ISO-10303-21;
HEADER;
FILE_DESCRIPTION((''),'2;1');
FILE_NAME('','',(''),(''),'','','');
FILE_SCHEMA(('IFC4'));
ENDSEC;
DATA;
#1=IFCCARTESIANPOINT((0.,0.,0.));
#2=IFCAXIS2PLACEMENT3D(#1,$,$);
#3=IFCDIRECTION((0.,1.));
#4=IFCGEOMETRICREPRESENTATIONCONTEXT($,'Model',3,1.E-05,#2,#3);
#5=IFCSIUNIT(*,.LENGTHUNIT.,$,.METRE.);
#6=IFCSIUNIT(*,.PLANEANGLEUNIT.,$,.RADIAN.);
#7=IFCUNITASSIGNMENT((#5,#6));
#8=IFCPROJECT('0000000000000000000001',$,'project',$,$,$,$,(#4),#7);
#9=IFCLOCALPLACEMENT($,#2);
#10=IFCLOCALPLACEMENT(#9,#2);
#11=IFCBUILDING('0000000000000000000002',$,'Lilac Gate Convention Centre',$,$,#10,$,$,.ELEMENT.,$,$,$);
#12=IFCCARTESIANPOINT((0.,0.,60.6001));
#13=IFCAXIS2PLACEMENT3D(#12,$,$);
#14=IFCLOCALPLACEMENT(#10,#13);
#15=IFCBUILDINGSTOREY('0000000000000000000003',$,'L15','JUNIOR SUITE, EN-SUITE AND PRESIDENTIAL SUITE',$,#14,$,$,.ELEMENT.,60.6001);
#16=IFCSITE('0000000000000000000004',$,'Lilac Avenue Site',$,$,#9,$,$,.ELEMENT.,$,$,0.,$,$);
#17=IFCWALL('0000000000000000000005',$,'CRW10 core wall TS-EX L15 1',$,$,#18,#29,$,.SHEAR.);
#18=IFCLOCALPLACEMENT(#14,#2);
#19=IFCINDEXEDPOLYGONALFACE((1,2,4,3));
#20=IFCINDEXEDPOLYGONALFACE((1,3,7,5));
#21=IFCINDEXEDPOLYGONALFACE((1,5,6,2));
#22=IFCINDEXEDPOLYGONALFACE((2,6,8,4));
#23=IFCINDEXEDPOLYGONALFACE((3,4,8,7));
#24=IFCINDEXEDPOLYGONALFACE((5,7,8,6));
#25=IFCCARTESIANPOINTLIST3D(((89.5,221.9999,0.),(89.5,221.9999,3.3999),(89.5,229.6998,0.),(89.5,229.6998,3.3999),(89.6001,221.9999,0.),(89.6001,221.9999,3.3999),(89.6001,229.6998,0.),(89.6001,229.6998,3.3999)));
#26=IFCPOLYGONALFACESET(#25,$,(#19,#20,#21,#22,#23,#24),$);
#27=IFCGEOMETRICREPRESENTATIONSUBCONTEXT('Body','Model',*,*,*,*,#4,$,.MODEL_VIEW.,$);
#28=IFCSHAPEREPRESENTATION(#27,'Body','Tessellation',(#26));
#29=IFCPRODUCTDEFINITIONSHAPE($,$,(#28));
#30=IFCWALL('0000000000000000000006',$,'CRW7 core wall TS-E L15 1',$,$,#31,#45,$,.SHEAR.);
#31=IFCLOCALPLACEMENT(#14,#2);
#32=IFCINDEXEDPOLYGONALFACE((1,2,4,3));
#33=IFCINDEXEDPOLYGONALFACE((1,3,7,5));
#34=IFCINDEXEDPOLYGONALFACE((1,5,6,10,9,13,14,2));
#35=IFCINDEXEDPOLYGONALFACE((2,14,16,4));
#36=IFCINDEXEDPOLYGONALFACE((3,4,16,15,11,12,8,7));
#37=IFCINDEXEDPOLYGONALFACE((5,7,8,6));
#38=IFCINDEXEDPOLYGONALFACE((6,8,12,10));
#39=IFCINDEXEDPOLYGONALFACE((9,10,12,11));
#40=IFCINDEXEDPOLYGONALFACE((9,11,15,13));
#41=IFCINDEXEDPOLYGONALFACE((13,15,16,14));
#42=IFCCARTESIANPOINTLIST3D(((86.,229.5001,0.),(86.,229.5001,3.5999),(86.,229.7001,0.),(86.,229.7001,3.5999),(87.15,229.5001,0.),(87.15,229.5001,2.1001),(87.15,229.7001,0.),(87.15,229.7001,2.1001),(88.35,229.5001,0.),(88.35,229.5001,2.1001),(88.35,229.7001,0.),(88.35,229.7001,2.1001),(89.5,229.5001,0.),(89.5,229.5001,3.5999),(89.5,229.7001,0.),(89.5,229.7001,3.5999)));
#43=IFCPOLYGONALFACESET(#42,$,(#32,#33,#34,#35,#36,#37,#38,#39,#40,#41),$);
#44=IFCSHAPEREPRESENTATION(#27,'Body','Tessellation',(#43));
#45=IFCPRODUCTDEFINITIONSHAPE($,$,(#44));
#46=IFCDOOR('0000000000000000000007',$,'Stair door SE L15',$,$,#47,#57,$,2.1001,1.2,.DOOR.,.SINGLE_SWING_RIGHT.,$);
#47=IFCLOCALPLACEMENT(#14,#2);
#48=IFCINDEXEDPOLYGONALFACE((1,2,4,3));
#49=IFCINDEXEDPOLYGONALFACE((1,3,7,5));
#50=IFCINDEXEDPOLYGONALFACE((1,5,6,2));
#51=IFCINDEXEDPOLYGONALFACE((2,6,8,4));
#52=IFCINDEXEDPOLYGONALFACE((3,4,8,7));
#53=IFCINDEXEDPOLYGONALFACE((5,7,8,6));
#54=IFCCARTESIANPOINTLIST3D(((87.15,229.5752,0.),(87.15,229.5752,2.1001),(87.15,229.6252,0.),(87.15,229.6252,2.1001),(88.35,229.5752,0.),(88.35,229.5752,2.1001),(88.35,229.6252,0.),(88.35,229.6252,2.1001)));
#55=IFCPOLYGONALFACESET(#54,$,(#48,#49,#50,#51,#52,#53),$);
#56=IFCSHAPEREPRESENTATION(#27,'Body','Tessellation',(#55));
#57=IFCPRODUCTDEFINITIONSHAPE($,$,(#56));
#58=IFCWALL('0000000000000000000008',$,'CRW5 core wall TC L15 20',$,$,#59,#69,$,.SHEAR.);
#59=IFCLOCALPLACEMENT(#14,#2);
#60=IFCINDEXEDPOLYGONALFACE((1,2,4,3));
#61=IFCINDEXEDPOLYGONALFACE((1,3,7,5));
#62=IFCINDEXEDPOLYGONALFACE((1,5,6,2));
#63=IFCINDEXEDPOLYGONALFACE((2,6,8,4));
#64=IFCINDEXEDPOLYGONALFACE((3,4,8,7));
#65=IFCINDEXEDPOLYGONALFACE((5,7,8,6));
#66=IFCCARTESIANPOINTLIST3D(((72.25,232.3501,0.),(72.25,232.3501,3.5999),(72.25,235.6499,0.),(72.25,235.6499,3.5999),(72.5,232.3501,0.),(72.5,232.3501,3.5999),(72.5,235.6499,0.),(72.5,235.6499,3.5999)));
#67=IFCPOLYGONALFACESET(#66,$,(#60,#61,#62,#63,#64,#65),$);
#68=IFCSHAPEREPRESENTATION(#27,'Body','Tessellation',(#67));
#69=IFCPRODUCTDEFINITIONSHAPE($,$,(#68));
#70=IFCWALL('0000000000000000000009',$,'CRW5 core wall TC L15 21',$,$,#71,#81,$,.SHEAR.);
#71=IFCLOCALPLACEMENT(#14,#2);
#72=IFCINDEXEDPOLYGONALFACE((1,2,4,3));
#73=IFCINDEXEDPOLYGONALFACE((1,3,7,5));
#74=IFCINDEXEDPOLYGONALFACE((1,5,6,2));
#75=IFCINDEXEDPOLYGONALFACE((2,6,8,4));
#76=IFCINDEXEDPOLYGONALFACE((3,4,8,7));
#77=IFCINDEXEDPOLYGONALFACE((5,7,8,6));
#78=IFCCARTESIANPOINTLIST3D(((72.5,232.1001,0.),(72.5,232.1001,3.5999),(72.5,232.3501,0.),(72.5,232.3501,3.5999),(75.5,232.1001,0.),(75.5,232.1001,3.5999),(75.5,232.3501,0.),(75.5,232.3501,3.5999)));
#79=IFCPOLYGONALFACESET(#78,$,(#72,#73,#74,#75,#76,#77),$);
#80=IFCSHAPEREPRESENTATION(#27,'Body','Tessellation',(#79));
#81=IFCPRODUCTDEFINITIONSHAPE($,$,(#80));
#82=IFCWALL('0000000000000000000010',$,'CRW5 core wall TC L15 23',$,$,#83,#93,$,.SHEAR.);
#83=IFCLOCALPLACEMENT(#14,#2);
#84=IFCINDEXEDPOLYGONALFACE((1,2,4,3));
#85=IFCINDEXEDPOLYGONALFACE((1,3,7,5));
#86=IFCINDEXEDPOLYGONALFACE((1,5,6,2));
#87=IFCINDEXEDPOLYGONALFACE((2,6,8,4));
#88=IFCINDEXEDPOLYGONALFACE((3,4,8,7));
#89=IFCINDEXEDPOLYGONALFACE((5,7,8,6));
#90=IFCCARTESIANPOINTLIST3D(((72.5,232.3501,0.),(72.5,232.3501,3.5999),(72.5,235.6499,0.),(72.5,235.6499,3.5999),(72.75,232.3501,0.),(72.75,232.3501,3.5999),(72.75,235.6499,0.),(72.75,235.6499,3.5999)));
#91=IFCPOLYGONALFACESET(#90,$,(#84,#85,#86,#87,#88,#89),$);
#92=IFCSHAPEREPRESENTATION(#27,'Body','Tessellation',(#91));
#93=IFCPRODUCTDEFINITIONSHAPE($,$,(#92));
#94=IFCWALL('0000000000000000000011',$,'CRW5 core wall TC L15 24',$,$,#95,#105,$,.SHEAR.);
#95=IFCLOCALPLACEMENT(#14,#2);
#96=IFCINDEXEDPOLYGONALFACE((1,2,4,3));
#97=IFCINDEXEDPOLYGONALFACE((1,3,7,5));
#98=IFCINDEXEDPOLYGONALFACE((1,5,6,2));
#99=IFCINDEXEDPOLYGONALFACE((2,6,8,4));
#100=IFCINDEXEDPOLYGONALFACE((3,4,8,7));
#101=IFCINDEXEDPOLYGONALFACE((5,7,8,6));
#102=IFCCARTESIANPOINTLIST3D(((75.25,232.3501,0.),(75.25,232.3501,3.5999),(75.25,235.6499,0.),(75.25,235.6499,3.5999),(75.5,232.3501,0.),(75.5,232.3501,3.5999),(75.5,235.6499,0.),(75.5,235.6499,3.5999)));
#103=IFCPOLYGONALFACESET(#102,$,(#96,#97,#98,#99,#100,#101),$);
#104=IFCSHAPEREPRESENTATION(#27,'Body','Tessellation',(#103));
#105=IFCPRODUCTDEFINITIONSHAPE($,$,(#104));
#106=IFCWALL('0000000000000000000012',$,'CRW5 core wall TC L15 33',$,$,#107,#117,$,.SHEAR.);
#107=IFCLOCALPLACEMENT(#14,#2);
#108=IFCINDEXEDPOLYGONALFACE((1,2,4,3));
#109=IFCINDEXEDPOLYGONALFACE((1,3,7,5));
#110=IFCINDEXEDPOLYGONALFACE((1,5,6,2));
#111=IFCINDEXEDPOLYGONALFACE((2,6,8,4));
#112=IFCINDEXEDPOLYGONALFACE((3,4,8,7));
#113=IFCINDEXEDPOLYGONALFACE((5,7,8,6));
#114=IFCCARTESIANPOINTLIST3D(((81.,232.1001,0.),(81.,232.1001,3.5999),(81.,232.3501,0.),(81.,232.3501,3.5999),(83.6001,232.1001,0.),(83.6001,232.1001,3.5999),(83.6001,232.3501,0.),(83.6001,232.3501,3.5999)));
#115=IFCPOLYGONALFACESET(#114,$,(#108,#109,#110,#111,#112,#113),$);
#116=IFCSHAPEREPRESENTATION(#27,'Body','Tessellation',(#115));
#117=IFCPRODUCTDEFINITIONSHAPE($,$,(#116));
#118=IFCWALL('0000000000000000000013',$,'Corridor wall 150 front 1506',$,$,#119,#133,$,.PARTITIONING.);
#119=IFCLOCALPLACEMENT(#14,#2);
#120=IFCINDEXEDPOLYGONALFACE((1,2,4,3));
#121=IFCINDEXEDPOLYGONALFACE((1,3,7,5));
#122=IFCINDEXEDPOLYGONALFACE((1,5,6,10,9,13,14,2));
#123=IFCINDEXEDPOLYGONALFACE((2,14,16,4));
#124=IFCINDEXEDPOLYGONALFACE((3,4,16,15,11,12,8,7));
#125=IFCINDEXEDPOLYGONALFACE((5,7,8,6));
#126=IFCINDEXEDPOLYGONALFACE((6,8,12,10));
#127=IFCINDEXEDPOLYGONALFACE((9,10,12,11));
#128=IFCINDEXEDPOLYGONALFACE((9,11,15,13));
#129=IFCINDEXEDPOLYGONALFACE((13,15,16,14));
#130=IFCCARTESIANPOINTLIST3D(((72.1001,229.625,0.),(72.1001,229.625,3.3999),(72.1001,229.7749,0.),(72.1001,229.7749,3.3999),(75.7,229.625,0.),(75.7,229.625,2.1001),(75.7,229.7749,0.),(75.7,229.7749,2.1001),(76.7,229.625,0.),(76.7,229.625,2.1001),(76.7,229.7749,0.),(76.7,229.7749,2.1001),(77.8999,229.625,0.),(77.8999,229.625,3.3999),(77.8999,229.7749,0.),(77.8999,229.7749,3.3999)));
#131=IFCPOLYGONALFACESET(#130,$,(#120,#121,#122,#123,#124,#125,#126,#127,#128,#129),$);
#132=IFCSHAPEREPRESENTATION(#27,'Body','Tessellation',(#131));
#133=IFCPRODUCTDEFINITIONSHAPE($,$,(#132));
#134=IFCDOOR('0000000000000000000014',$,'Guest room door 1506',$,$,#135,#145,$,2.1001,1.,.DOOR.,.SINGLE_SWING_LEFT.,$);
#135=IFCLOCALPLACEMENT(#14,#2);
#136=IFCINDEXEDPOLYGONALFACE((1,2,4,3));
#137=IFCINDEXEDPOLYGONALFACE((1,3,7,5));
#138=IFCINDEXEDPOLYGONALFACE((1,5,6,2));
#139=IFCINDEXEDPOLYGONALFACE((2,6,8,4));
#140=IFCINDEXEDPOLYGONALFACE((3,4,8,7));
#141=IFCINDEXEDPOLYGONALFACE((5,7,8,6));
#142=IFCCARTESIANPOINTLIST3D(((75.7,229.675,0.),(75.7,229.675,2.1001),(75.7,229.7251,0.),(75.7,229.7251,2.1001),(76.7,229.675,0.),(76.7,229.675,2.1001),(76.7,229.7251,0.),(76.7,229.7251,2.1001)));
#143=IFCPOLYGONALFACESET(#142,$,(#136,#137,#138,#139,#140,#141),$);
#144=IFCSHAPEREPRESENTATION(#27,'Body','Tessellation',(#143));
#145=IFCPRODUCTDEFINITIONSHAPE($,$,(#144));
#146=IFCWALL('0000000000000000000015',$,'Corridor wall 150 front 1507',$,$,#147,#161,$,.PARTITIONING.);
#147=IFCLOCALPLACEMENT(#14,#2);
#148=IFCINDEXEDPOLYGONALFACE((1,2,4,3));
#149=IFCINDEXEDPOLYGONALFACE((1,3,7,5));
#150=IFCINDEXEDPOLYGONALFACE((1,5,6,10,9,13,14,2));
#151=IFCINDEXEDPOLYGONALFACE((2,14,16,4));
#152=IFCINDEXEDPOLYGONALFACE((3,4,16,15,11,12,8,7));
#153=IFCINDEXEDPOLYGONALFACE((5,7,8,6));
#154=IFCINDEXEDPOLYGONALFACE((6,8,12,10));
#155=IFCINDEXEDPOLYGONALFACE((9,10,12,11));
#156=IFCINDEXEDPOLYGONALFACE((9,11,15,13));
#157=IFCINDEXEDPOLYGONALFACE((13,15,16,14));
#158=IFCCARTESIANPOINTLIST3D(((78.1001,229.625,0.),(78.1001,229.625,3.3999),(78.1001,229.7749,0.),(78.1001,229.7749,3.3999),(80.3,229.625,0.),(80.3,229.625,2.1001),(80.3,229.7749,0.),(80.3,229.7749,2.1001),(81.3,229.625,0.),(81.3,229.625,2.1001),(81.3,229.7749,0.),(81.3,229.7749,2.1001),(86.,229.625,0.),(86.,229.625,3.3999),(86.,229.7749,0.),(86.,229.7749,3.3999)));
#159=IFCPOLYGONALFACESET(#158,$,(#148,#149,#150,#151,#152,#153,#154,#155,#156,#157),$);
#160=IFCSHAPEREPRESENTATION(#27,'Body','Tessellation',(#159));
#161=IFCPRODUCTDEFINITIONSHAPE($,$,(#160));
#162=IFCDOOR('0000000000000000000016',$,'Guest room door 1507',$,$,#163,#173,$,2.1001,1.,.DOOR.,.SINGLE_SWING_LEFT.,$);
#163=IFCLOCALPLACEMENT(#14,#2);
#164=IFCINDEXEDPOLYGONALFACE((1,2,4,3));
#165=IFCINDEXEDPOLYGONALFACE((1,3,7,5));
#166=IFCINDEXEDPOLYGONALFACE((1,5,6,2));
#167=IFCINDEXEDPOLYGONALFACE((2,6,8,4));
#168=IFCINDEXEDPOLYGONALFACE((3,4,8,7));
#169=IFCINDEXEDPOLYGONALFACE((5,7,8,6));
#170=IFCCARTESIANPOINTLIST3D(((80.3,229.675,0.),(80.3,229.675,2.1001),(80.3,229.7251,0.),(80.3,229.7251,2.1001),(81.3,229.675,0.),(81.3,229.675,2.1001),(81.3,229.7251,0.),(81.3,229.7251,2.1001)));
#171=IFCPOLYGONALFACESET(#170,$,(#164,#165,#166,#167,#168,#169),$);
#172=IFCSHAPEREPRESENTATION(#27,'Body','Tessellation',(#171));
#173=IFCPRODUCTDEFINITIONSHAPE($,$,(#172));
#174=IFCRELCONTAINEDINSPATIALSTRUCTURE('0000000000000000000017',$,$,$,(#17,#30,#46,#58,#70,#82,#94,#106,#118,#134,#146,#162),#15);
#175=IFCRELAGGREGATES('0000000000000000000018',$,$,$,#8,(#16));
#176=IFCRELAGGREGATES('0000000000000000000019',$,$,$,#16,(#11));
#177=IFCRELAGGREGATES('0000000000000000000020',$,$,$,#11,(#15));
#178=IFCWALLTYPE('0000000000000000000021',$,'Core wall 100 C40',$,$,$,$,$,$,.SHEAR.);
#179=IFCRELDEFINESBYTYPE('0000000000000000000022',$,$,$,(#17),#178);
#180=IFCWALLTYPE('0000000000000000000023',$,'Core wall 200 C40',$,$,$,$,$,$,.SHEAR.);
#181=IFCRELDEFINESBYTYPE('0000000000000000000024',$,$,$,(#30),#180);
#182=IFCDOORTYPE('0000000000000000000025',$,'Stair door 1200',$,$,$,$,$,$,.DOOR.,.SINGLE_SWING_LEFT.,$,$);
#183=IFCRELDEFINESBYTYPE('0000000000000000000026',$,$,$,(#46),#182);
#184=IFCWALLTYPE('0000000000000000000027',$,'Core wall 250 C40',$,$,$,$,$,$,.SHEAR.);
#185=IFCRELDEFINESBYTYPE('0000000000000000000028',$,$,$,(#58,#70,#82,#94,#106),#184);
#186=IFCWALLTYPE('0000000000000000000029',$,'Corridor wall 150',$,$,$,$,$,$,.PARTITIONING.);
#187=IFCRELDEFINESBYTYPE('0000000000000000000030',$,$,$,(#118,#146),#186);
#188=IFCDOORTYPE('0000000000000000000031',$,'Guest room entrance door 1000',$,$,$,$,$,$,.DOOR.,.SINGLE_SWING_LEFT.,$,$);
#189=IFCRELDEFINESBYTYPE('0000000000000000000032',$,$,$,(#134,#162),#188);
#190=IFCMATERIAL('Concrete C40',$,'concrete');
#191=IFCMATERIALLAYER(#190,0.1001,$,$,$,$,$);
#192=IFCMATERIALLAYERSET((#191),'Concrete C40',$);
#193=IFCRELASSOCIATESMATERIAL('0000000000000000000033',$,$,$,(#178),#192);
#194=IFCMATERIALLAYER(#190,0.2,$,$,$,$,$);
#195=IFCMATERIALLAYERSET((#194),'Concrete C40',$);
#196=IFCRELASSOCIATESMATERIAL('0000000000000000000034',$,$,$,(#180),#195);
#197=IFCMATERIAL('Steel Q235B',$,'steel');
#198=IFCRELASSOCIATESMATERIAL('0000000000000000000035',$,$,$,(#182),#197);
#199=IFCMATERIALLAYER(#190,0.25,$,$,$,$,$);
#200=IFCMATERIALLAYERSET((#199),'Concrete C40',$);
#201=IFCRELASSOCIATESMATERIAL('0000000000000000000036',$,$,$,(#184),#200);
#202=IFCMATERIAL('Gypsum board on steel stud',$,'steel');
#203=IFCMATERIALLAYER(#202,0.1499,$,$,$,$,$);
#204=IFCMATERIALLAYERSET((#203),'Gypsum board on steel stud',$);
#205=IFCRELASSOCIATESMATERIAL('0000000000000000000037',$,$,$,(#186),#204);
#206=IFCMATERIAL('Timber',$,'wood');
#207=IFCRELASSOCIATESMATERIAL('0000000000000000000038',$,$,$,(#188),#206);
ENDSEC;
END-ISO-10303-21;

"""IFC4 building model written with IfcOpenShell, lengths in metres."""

from ifc_helpers import new_model, si_unit, direction, frame, frame_2d, origin, place, context, subcontext, project, spatial, rectangle, extrude, material, layer, layer_set, type_object, element, fill, save


model = new_model("IFC4")

# Units and contexts
model_context = context("Model", 3, precision=1e-05, world=origin(), true_north=direction((0.0, 1.0)))
body_context = subcontext(model_context, "Body", "Model", "MODEL_VIEW")
ifc_project = project(units=[si_unit("LENGTHUNIT", "METRE"), si_unit("PLANEANGLEUNIT", "RADIAN")], contexts=[model_context])

# Site, building, storey
site_placement = place(None, origin())
site = spatial("IfcSite", under=ifc_project, at=site_placement, Name="Lilac Avenue Site", CompositionType="ELEMENT", RefElevation=0.0)
building_placement = place(site_placement, origin())
building = spatial("IfcBuilding", under=site, at=building_placement, Name="Lilac Gate Convention Centre", CompositionType="ELEMENT")
storey_placement = place(building_placement, frame((0.0, 0.0, 60.6001)))
storey = spatial("IfcBuildingStorey", under=building, at=storey_placement, Name="L15", Description="JUNIOR SUITE, EN-SUITE AND PRESIDENTIAL SUITE", CompositionType="ELEMENT", Elevation=60.6001)

# Wall
ifc_material_1 = material(Name="Concrete C40", Category="concrete")
ifc_layer_1 = layer(ifc_material_1, 0.1001)
ifc_layer_set_1 = layer_set([ifc_layer_1], Name="Concrete C40")
wall_type_1 = type_object("IfcWallType", Name="Core wall 100 C40", PredefinedType="SHEAR", material=ifc_layer_set_1)
wall_1_placement = place(storey_placement, frame((89.55, 229.7, 0.0), z_axis=(0.0, 0.0, 1.0), x_axis=(0.0, -1.0, 0.0)))
element("IfcWall", 1, at=wall_1_placement, inside=storey, type_object=wall_type_1, Name="CRW10 core wall TS-EX L15 1", PredefinedType="SHEAR", context=body_context, shape_type="SweptSolid", body=[
    extrude(rectangle(XDim=7.7, YDim=0.1001, at=frame_2d((3.8501, 0.0))), origin(), (0.0, 0.0, 1.0), 3.3999),
])

# Wall, opening, door
ifc_layer_2 = layer(ifc_material_1, 0.2)
ifc_layer_set_2 = layer_set([ifc_layer_2], Name="Concrete C40")
wall_type_2 = type_object("IfcWallType", Name="Core wall 200 C40", PredefinedType="SHEAR", material=ifc_layer_set_2)
wall_2_placement = place(storey_placement, frame((89.5, 229.6001, 0.0), z_axis=(0.0, 0.0, 1.0), x_axis=(-1.0, 0.0, 0.0)))
wall_2 = element("IfcWall", 2, at=wall_2_placement, inside=storey, type_object=wall_type_2, Name="CRW7 core wall TS-E L15 1", PredefinedType="SHEAR", context=body_context, shape_type="SweptSolid", body=[
    extrude(rectangle(XDim=3.5, YDim=0.2, at=frame_2d((1.75, 0.0))), origin(), (0.0, 0.0, 1.0), 3.5999),
])
opening_1_placement = place(wall_2_placement, frame((1.1499, 0.0, 0.0)))
opening_1 = element("IfcOpeningElement", 3, at=opening_1_placement, cuts=wall_2, PredefinedType="OPENING", context=body_context, shape_type="SweptSolid", body=[
    extrude(rectangle(XDim=1.2, YDim=2.1001, at=frame_2d((0.6001, 1.05))), frame((0.0, 0.1099, 0.0), z_axis=(0.0, -1.0, 0.0), x_axis=(1.0, 0.0, 0.0)), (0.0, 0.0, 1.0), 0.22),
])
ifc_material_2 = material(Name="Steel Q235B", Category="steel")
door_type_1 = type_object("IfcDoorType", Name="Stair door 1200", OperationType="SINGLE_SWING_LEFT", PredefinedType="DOOR", material=ifc_material_2)
door_1_placement = place(opening_1_placement, origin())
door_1 = element("IfcDoor", 4, at=door_1_placement, inside=storey, type_object=door_type_1, Name="Stair door SE L15", OperationType="SINGLE_SWING_RIGHT", OverallHeight=2.1001, OverallWidth=1.2, PredefinedType="DOOR", context=body_context, shape_type="SweptSolid", body=[
    extrude(rectangle(XDim=1.2, YDim=2.1001, at=frame_2d((0.6001, 1.05))), frame((0.0, 0.0249, 0.0), z_axis=(0.0, -1.0, 0.0), x_axis=(1.0, 0.0, 0.0)), (0.0, 0.0, 1.0), 0.05),
])
fill(opening_1, door_1)

# Walls
ifc_layer_3 = layer(ifc_material_1, 0.25)
ifc_layer_set_3 = layer_set([ifc_layer_3], Name="Concrete C40")
wall_type_3 = type_object("IfcWallType", Name="Core wall 250 C40", PredefinedType="SHEAR", material=ifc_layer_set_3)
wall_3_placement = place(storey_placement, frame((72.375, 232.3501, 0.0), z_axis=(0.0, 0.0, 1.0), x_axis=(0.0, 1.0, 0.0)))
element("IfcWall", 5, at=wall_3_placement, inside=storey, type_object=wall_type_3, Name="CRW5 core wall TC L15 20", PredefinedType="SHEAR", context=body_context, shape_type="SweptSolid", body=[
    extrude(rectangle(XDim=3.2998, YDim=0.25, at=frame_2d((1.6499, 0.0))), origin(), (0.0, 0.0, 1.0), 3.5999),
])
wall_4_placement = place(storey_placement, frame((72.5, 232.2251, 0.0), z_axis=(0.0, 0.0, 1.0), x_axis=(1.0, 0.0, 0.0)))
element("IfcWall", 6, at=wall_4_placement, inside=storey, type_object=wall_type_3, Name="CRW5 core wall TC L15 21", PredefinedType="SHEAR", context=body_context, shape_type="SweptSolid", body=[
    extrude(rectangle(XDim=3.0, YDim=0.25, at=frame_2d((1.5, 0.0))), origin(), (0.0, 0.0, 1.0), 3.5999),
])
for number, where, z_axis, x_axis, name in (
    (7, (72.625, 232.3501, 0.0), (0.0, 0.0, 1.0), (0.0, 1.0, 0.0), "CRW5 core wall TC L15 23"),
    (8, (75.375, 232.3501, 0.0), (0.0, 0.0, 1.0), (0.0, 1.0, 0.0), "CRW5 core wall TC L15 24"),
):
    element("IfcWall", number, at=place(storey_placement, frame(where, z_axis=z_axis, x_axis=x_axis)), inside=storey, type_object=wall_type_3, Name=name, PredefinedType="SHEAR", context=body_context, shape_type="SweptSolid", body=[
        extrude(rectangle(XDim=3.2998, YDim=0.25, at=frame_2d((1.6499, 0.0))), origin(), (0.0, 0.0, 1.0), 3.5999),
    ])
wall_5_placement = place(storey_placement, frame((81.0, 232.2251, 0.0), z_axis=(0.0, 0.0, 1.0), x_axis=(1.0, 0.0, 0.0)))
element("IfcWall", 9, at=wall_5_placement, inside=storey, type_object=wall_type_3, Name="CRW5 core wall TC L15 33", PredefinedType="SHEAR", context=body_context, shape_type="SweptSolid", body=[
    extrude(rectangle(XDim=2.6001, YDim=0.25, at=frame_2d((1.3, 0.0))), origin(), (0.0, 0.0, 1.0), 3.5999),
])

# Walls, openings, doors
ifc_material_3 = material(Name="Gypsum board on steel stud", Category="steel")
ifc_layer_4 = layer(ifc_material_3, 0.1499)
ifc_layer_set_4 = layer_set([ifc_layer_4], Name="Gypsum board on steel stud")
wall_type_4 = type_object("IfcWallType", Name="Corridor wall 150", PredefinedType="PARTITIONING", material=ifc_layer_set_4)
wall_6_placement = place(storey_placement, frame((77.8999, 229.7, 0.0), z_axis=(0.0, 0.0, 1.0), x_axis=(-1.0, 0.0, 0.0)))
wall_6 = element("IfcWall", 10, at=wall_6_placement, inside=storey, type_object=wall_type_4, Name="Corridor wall 150 front 1506", PredefinedType="PARTITIONING", context=body_context, shape_type="SweptSolid", body=[
    extrude(rectangle(XDim=5.7998, YDim=0.1499, at=frame_2d((2.8999, 0.0))), origin(), (0.0, 0.0, 1.0), 3.3999),
])
opening_2_placement = place(wall_6_placement, frame((1.2, 0.0, 0.0)))
opening_2 = element("IfcOpeningElement", 11, at=opening_2_placement, cuts=wall_6, PredefinedType="OPENING", context=body_context, shape_type="SweptSolid", body=[
    extrude(rectangle(XDim=1.0, YDim=2.1001, at=frame_2d((0.5, 1.05))), frame((0.0, 0.085, 0.0), z_axis=(0.0, -1.0, 0.0), x_axis=(1.0, 0.0, 0.0)), (0.0, 0.0, 1.0), 0.1699),
])
ifc_material_4 = material(Name="Timber", Category="wood")
door_type_2 = type_object("IfcDoorType", Name="Guest room entrance door 1000", OperationType="SINGLE_SWING_LEFT", PredefinedType="DOOR", material=ifc_material_4)
door_2_placement = place(opening_2_placement, origin())
door_2 = element("IfcDoor", 12, at=door_2_placement, inside=storey, type_object=door_type_2, Name="Guest room door 1506", OperationType="SINGLE_SWING_LEFT", OverallHeight=2.1001, OverallWidth=1.0, PredefinedType="DOOR", context=body_context, shape_type="SweptSolid", body=[
    extrude(rectangle(XDim=1.0, YDim=2.1001, at=frame_2d((0.5, 1.05))), frame((0.0, 0.0249, 0.0), z_axis=(0.0, -1.0, 0.0), x_axis=(1.0, 0.0, 0.0)), (0.0, 0.0, 1.0), 0.05),
])
fill(opening_2, door_2)
wall_7_placement = place(storey_placement, frame((86.0, 229.7, 0.0), z_axis=(0.0, 0.0, 1.0), x_axis=(-1.0, 0.0, 0.0)))
wall_7 = element("IfcWall", 13, at=wall_7_placement, inside=storey, type_object=wall_type_4, Name="Corridor wall 150 front 1507", PredefinedType="PARTITIONING", context=body_context, shape_type="SweptSolid", body=[
    extrude(rectangle(XDim=7.8999, YDim=0.1499, at=frame_2d((3.95, 0.0))), origin(), (0.0, 0.0, 1.0), 3.3999),
])
opening_3_placement = place(wall_7_placement, frame((4.7, 0.0, 0.0)))
opening_3 = element("IfcOpeningElement", 14, at=opening_3_placement, cuts=wall_7, PredefinedType="OPENING", context=body_context, shape_type="SweptSolid", body=[
    extrude(rectangle(XDim=1.0, YDim=2.1001, at=frame_2d((0.5, 1.05))), frame((0.0, 0.085, 0.0), z_axis=(0.0, -1.0, 0.0), x_axis=(1.0, 0.0, 0.0)), (0.0, 0.0, 1.0), 0.1699),
])
door_3_placement = place(opening_3_placement, origin())
door_3 = element("IfcDoor", 15, at=door_3_placement, inside=storey, type_object=door_type_2, Name="Guest room door 1507", OperationType="SINGLE_SWING_LEFT", OverallHeight=2.1001, OverallWidth=1.0, PredefinedType="DOOR", context=body_context, shape_type="SweptSolid", body=[
    extrude(rectangle(XDim=1.0, YDim=2.1001, at=frame_2d((0.5, 1.05))), frame((0.0, 0.0249, 0.0), z_axis=(0.0, -1.0, 0.0), x_axis=(1.0, 0.0, 0.0)), (0.0, 0.0, 1.0), 0.05),
])
fill(opening_3, door_3)

save(model, "model.ifc")
